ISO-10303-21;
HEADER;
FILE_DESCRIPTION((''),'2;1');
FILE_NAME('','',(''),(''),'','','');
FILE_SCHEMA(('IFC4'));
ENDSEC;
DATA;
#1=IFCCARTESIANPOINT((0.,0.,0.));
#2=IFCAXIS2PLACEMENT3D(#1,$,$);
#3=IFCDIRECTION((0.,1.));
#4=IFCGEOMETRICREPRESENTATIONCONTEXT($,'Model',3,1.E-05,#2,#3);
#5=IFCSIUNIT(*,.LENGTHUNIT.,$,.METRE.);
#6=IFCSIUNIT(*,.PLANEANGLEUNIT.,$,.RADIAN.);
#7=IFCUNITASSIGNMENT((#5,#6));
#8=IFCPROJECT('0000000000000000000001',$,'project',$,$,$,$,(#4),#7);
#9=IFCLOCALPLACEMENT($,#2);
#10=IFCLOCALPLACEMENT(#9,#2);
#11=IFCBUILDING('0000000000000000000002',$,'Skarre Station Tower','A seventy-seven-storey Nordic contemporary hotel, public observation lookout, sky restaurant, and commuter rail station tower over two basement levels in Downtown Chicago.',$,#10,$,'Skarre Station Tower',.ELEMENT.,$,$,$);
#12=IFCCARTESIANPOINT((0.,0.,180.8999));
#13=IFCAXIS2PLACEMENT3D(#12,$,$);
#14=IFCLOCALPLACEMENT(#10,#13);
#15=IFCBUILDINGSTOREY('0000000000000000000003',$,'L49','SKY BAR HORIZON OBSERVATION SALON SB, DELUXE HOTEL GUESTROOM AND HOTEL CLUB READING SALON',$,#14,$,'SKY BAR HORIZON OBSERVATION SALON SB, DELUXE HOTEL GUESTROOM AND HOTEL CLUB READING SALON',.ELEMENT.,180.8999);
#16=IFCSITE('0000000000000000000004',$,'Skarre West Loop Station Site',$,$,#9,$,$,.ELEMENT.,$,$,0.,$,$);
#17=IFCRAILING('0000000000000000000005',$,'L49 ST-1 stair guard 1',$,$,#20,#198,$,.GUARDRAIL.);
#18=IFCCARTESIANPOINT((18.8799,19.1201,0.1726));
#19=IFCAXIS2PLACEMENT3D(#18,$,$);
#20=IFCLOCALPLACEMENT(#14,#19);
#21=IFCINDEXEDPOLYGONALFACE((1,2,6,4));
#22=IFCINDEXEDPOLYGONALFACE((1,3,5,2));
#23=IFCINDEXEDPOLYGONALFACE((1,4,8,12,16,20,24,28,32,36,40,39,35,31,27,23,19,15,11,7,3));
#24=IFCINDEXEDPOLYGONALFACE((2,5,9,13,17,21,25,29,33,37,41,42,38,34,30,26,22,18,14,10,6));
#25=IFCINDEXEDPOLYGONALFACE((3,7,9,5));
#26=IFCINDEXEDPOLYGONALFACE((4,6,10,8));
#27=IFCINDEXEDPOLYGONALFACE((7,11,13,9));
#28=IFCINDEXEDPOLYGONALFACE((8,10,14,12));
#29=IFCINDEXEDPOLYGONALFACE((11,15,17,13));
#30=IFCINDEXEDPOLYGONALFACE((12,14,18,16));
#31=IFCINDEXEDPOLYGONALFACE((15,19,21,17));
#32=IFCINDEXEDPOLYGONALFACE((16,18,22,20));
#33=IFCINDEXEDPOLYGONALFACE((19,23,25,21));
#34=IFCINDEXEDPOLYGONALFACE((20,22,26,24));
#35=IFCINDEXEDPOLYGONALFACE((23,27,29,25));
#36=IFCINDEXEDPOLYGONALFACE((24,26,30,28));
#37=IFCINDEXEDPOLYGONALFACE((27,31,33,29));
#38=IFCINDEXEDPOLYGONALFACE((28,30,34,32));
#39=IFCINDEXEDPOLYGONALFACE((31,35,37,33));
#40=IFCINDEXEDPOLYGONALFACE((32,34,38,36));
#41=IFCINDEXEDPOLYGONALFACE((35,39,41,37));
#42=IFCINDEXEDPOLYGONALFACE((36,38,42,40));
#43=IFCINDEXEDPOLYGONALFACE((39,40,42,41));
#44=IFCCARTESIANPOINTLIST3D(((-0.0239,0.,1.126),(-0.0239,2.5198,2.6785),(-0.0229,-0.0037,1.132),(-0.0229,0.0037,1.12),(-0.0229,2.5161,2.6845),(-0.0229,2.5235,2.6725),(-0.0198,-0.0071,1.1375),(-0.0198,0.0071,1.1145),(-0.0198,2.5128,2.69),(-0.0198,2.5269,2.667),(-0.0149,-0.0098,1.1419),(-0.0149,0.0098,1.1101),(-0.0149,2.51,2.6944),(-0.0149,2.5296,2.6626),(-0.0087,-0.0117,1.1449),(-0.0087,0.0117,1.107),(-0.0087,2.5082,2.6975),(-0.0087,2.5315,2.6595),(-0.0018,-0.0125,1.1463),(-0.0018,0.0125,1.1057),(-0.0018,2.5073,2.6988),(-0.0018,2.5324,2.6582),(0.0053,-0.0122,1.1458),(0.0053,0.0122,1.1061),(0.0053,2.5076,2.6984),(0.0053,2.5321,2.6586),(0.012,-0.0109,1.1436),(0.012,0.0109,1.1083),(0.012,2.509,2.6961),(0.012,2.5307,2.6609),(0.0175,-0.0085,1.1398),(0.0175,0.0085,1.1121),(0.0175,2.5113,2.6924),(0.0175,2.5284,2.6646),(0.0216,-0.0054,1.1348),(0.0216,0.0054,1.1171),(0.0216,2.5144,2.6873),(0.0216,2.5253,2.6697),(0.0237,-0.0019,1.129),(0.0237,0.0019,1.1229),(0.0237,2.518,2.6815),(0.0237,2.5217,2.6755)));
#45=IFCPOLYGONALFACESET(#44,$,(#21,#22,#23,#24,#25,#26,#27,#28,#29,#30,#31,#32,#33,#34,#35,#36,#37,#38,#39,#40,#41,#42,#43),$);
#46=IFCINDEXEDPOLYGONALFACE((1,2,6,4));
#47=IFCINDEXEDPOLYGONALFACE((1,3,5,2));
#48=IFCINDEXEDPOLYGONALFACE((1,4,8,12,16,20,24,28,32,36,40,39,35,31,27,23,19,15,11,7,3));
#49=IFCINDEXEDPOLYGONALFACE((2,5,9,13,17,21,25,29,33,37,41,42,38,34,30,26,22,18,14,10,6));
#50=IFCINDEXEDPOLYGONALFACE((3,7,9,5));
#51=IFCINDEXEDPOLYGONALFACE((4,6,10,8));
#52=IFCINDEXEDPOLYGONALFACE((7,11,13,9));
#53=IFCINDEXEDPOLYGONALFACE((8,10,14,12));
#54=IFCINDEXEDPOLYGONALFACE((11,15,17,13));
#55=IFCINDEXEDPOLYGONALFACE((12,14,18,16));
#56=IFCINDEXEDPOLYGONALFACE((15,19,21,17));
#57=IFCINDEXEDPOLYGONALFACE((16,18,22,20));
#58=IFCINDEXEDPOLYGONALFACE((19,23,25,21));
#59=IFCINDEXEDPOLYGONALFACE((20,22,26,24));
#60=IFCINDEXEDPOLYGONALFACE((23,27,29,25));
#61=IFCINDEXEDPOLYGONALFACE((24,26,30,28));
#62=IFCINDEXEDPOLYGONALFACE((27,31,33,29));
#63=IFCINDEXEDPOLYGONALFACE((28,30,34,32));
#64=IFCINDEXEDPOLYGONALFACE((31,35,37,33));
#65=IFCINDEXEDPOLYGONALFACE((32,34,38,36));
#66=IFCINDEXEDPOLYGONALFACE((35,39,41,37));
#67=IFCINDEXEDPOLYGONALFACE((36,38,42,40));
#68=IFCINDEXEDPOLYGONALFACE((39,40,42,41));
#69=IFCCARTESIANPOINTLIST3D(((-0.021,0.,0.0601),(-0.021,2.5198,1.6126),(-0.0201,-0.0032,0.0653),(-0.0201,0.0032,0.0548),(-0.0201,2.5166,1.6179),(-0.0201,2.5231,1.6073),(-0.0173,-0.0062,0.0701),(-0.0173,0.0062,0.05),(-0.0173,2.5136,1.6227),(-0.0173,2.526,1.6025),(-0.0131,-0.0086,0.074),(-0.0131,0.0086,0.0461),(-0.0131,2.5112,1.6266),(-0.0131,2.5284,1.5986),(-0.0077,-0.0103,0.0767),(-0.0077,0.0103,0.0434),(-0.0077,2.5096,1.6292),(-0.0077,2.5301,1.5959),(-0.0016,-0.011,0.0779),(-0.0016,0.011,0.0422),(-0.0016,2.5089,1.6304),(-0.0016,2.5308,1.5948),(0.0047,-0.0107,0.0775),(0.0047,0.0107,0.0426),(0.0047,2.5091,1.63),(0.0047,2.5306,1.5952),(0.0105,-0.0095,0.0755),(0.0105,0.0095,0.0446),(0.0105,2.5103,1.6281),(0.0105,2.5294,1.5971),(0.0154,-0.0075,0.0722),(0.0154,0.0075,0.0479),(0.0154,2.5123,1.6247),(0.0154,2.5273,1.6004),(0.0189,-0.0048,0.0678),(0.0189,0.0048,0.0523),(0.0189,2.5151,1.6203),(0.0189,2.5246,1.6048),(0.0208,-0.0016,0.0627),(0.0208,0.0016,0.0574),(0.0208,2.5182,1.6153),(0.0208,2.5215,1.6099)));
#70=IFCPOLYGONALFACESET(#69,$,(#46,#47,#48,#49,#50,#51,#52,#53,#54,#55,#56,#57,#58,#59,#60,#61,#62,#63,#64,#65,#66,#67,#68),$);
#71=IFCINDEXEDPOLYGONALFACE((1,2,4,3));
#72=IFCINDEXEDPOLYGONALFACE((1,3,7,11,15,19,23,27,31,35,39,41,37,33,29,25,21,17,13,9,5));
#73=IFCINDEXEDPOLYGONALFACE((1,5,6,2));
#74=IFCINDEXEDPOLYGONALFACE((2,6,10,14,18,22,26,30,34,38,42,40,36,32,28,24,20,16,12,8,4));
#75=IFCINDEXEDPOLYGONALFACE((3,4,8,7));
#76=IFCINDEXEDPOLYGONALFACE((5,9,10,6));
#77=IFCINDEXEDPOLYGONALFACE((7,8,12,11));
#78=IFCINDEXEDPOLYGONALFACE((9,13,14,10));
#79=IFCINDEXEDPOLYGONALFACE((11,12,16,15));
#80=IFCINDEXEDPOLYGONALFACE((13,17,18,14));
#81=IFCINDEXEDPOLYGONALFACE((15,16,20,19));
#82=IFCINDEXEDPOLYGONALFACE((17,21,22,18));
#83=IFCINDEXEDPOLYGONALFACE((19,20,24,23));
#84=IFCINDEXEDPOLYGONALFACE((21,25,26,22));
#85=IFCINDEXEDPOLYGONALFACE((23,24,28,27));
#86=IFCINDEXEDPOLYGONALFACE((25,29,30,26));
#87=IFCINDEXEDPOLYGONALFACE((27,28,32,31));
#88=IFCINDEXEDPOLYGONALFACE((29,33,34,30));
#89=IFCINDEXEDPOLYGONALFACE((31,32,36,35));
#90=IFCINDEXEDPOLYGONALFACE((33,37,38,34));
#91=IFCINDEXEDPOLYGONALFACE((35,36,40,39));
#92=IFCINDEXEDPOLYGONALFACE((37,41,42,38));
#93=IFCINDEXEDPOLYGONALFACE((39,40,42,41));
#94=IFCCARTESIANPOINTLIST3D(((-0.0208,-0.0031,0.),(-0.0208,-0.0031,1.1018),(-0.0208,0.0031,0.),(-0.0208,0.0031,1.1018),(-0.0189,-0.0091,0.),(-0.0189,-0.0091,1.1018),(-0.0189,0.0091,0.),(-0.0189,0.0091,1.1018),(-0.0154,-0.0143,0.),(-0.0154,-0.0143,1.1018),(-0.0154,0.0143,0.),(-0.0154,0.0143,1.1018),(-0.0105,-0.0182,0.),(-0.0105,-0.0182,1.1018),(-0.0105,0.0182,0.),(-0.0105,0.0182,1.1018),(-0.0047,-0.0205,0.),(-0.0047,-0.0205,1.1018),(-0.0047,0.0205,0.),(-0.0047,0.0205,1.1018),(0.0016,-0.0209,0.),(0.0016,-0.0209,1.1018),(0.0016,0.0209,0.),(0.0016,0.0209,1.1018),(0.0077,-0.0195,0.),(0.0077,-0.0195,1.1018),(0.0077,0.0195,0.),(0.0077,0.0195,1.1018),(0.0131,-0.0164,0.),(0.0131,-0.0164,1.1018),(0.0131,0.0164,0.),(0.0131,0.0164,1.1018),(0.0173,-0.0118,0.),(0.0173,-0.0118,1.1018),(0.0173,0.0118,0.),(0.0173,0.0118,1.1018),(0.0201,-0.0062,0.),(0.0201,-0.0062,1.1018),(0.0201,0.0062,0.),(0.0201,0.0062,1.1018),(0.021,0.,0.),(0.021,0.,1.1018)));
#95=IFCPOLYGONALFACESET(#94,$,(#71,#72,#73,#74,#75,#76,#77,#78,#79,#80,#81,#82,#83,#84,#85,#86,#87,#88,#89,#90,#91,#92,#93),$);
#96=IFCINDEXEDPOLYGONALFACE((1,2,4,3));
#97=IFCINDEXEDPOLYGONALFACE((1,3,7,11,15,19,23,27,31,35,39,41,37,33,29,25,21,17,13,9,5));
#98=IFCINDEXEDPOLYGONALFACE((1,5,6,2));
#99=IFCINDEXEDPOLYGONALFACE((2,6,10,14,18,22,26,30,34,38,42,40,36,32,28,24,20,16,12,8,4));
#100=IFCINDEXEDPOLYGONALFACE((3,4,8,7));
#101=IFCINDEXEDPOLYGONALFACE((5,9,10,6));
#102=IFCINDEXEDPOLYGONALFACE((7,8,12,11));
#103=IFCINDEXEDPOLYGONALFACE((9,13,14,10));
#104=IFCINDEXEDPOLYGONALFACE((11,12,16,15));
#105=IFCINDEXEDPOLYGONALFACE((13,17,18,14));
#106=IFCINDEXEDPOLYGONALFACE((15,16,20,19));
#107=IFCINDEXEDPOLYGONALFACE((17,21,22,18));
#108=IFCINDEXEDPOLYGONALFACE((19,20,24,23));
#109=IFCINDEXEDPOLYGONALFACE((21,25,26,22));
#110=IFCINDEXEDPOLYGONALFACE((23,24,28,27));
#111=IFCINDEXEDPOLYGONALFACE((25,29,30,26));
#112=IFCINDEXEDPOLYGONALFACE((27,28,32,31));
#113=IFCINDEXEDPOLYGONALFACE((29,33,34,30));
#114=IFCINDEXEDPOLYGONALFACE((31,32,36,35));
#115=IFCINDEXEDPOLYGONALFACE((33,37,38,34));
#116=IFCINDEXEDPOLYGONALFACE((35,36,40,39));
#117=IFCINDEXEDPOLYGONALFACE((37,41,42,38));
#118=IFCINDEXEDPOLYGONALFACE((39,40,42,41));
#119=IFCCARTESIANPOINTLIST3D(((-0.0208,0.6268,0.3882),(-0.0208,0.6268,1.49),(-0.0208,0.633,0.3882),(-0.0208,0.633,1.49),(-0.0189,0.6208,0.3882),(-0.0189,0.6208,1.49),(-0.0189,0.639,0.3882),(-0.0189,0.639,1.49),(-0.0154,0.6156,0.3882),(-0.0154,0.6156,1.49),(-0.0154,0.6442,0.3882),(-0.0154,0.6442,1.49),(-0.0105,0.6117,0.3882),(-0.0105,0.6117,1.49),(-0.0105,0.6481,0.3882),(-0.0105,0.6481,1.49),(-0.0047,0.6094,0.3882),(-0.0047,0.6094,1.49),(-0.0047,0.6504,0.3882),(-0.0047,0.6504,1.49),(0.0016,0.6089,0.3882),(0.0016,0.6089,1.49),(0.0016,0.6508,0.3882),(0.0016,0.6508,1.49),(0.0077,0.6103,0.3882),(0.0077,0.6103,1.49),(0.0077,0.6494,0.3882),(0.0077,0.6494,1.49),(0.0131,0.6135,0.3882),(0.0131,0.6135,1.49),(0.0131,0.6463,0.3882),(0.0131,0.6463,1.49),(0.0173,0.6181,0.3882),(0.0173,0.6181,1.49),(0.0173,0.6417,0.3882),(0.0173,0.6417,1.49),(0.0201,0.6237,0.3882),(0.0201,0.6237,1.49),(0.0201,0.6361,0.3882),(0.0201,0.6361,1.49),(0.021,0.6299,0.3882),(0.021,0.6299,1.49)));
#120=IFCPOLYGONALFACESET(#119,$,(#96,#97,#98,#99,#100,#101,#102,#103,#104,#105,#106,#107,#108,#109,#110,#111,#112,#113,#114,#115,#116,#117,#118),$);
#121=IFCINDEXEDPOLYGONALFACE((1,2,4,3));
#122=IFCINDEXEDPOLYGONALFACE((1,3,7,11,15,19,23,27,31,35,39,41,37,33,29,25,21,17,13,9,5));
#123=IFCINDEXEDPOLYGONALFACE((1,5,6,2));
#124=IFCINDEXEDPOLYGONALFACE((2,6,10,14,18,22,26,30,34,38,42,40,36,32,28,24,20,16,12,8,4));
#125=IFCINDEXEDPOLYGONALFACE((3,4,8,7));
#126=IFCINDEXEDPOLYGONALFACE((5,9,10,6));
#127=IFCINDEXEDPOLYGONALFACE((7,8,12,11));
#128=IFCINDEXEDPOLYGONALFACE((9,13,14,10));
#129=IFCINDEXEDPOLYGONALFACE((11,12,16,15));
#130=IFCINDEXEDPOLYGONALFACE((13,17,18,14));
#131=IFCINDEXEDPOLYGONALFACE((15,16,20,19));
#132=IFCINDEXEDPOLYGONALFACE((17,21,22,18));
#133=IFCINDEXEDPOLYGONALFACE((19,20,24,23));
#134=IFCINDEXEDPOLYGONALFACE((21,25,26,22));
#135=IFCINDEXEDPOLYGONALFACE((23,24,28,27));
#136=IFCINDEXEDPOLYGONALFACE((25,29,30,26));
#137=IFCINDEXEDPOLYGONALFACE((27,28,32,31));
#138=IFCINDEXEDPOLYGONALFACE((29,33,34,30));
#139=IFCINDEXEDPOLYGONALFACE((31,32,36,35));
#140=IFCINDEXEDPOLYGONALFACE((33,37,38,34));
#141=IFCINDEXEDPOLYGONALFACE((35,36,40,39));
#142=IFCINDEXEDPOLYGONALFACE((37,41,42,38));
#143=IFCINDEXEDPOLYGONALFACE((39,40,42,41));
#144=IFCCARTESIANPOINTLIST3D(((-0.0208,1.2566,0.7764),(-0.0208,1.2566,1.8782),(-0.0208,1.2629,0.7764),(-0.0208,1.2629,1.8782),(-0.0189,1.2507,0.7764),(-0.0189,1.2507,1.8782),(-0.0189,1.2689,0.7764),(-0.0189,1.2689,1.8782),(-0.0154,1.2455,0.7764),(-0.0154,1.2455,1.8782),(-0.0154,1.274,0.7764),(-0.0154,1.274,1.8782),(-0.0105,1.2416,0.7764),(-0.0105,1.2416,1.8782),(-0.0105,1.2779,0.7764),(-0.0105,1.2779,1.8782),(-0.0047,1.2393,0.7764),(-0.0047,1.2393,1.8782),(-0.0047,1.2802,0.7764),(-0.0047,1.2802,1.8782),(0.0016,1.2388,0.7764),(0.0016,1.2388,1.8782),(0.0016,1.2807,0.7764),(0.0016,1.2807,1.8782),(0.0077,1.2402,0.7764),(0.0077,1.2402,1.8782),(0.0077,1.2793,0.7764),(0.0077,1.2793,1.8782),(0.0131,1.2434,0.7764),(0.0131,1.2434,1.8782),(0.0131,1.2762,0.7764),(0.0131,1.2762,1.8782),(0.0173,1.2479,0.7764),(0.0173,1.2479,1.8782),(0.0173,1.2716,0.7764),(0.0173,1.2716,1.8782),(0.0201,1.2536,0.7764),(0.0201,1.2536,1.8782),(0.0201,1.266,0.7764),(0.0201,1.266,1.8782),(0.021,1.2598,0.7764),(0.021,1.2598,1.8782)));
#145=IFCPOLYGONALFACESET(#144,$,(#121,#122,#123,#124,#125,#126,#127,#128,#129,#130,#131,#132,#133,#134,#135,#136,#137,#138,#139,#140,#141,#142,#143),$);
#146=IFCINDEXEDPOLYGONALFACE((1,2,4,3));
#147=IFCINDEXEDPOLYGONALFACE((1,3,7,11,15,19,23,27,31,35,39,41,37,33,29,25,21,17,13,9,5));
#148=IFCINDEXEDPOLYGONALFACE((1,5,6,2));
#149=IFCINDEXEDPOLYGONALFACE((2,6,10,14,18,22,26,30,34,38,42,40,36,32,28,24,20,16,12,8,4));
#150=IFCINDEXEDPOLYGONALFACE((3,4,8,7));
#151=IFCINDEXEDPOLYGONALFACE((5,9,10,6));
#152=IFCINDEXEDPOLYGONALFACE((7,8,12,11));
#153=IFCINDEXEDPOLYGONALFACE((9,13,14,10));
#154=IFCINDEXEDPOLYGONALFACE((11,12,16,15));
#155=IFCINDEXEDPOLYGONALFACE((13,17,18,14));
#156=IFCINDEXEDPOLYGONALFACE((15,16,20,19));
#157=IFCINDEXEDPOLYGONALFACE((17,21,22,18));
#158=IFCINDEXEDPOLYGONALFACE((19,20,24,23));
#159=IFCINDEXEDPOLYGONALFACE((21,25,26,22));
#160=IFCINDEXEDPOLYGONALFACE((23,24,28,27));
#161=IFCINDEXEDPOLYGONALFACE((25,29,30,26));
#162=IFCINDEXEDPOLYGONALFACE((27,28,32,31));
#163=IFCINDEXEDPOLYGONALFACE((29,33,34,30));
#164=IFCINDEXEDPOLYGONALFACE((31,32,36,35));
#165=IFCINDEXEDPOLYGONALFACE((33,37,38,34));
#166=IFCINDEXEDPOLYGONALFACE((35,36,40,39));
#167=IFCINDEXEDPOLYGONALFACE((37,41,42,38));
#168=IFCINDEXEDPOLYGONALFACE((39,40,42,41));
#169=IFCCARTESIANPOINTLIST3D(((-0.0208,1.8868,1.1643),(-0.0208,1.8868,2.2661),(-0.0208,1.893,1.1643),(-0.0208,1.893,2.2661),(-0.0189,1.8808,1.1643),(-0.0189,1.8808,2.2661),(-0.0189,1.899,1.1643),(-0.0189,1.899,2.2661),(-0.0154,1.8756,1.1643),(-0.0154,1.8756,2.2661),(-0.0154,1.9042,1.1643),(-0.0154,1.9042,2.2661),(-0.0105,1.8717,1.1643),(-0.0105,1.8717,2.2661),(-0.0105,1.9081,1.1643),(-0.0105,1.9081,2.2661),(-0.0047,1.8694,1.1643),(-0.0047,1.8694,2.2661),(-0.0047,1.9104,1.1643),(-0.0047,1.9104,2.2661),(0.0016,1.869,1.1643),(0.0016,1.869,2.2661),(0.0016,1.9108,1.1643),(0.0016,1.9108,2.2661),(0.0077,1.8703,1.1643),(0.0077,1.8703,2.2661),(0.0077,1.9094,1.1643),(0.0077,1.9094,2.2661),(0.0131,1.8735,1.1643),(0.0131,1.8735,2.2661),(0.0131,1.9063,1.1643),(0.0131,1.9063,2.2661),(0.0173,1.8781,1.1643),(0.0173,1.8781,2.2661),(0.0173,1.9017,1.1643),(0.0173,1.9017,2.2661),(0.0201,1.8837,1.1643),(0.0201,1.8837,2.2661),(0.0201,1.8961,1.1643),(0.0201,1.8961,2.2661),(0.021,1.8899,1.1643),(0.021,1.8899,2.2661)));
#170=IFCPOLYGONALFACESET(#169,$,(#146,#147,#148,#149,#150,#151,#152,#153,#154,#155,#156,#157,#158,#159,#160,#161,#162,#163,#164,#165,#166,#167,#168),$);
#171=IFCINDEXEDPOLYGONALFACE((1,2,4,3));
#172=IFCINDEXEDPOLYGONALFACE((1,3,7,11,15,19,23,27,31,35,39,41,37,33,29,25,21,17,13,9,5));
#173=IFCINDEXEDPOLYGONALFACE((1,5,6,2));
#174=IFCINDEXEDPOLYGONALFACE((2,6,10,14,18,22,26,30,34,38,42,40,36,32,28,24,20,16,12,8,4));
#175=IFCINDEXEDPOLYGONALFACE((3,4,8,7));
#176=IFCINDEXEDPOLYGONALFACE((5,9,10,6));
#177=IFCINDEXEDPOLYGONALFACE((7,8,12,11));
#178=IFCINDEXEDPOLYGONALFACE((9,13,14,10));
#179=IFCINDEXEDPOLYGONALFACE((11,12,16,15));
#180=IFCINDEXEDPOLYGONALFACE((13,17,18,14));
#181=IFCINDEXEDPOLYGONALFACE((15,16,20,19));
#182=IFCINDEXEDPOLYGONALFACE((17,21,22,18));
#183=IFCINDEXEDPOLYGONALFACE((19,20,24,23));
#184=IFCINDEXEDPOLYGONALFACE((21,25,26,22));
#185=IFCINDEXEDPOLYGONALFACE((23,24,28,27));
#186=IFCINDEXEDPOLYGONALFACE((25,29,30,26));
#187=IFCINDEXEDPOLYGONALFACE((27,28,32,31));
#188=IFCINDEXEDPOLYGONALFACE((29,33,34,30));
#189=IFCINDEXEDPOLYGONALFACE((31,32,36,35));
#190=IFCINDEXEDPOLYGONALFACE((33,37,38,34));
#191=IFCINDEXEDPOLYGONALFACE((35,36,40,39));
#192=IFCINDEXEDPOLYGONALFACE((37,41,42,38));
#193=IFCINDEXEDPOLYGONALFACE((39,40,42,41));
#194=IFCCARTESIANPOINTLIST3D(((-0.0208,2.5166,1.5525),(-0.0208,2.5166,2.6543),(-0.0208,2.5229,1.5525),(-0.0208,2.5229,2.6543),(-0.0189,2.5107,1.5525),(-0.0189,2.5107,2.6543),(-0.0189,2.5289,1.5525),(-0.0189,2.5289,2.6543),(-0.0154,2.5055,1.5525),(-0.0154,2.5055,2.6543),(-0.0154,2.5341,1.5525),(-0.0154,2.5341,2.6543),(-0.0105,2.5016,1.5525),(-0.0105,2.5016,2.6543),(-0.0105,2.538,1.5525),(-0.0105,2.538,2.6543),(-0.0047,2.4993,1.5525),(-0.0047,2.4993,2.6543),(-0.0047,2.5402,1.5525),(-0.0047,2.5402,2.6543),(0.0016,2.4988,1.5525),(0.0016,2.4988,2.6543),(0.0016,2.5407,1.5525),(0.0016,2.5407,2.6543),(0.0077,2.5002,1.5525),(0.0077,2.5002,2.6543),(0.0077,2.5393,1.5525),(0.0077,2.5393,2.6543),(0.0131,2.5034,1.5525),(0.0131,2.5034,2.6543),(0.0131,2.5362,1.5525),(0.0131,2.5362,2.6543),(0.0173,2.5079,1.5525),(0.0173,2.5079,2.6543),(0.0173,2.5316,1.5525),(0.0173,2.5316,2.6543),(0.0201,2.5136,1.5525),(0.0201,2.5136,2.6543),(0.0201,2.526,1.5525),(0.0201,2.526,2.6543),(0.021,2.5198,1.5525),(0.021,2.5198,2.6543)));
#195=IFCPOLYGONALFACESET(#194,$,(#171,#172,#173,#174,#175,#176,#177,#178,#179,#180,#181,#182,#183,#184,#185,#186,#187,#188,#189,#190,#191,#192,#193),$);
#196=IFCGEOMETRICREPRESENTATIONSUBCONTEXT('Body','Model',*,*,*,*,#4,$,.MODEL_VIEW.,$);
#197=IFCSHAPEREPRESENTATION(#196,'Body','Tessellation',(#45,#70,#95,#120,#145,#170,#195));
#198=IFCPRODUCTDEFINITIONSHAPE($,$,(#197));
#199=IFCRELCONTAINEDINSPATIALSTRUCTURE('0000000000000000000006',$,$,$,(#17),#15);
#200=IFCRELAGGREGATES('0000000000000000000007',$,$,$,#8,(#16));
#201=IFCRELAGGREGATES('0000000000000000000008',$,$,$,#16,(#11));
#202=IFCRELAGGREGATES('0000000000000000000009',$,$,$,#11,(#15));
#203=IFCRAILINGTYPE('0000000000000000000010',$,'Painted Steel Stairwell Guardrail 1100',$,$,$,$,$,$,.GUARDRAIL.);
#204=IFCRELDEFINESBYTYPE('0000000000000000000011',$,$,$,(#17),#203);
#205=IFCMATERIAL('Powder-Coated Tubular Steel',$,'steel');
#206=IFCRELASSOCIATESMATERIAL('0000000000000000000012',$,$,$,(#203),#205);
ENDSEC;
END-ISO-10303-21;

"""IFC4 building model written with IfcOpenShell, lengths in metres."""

from ifc_helpers import new_model, si_unit, direction, frame, origin, origin_2d, place, context, subcontext, project, spatial, circle, extrude, material, type_object, element, save


model = new_model("IFC4")

# Units and contexts
model_context = context("Model", 3, precision=1e-05, world=origin(), true_north=direction((0.0, 1.0)))
body_context = subcontext(model_context, "Body", "Model", "MODEL_VIEW")
ifc_project = project(units=[si_unit("LENGTHUNIT", "METRE"), si_unit("PLANEANGLEUNIT", "RADIAN")], contexts=[model_context])

# Site, building, storey
site_placement = place(None, origin())
site = spatial("IfcSite", under=ifc_project, at=site_placement, Name="Skarre West Loop Station Site", CompositionType="ELEMENT", RefElevation=0.0)
building_placement = place(site_placement, origin())
building = spatial("IfcBuilding", under=site, at=building_placement, Name="Skarre Station Tower", Description="A seventy-seven-storey Nordic contemporary hotel, public observation lookout, sky restaurant, and commuter rail station tower over two basement levels in Downtown Chicago.", LongName="Skarre Station Tower", CompositionType="ELEMENT")
storey_placement = place(building_placement, frame((0.0, 0.0, 180.8999)))
storey = spatial("IfcBuildingStorey", under=building, at=storey_placement, Name="L49", Description="SKY BAR HORIZON OBSERVATION SALON SB, DELUXE HOTEL GUESTROOM AND HOTEL CLUB READING SALON", LongName="SKY BAR HORIZON OBSERVATION SALON SB, DELUXE HOTEL GUESTROOM AND HOTEL CLUB READING SALON", CompositionType="ELEMENT", Elevation=180.8999)

# Railing
ifc_material_1 = material(Name="Powder-Coated Tubular Steel", Category="steel")
railing_type_1 = type_object("IfcRailingType", Name="Painted Steel Stairwell Guardrail 1100", PredefinedType="GUARDRAIL", material=ifc_material_1)
railing_1_placement = place(storey_placement, frame((18.8799, 19.1201, 0.1726)))
element("IfcRailing", 1, at=railing_1_placement, inside=storey, type_object=railing_type_1, Name="L49 ST-1 stair guard 1", PredefinedType="GUARDRAIL", context=body_context, shape_type="SweptSolid", body=[
    extrude(circle(Radius=0.0239, at=origin_2d()), frame((0.0, 0.0, 1.126), z_axis=(0.0, 0.851378, 0.524553), x_axis=(-1.0, 0.0, 0.0)), (0.0, 0.0, 1.0), 2.9597),
    extrude(circle(Radius=0.021, at=origin_2d()), frame((0.0, 0.0, 0.0601), z_axis=(0.0, 0.851378, 0.524553), x_axis=(-1.0, 0.0, 0.0)), (0.0, 0.0, 1.0), 2.9597),
    extrude(circle(Radius=0.021, at=origin_2d()), origin(), (0.0, 0.0, 1.0), 1.1018),
    extrude(circle(Radius=0.021, at=origin_2d()), frame((0.0, 0.6299, 0.3882)), (0.0, 0.0, 1.0), 1.1018),
    extrude(circle(Radius=0.021, at=origin_2d()), frame((0.0, 1.2598, 0.7764)), (0.0, 0.0, 1.0), 1.1018),
    extrude(circle(Radius=0.021, at=origin_2d()), frame((0.0, 1.8899, 1.1643)), (0.0, 0.0, 1.0), 1.1018),
    extrude(circle(Radius=0.021, at=origin_2d()), frame((0.0, 2.5198, 1.5525)), (0.0, 0.0, 1.0), 1.1018),
])

save(model, "model.ifc")
